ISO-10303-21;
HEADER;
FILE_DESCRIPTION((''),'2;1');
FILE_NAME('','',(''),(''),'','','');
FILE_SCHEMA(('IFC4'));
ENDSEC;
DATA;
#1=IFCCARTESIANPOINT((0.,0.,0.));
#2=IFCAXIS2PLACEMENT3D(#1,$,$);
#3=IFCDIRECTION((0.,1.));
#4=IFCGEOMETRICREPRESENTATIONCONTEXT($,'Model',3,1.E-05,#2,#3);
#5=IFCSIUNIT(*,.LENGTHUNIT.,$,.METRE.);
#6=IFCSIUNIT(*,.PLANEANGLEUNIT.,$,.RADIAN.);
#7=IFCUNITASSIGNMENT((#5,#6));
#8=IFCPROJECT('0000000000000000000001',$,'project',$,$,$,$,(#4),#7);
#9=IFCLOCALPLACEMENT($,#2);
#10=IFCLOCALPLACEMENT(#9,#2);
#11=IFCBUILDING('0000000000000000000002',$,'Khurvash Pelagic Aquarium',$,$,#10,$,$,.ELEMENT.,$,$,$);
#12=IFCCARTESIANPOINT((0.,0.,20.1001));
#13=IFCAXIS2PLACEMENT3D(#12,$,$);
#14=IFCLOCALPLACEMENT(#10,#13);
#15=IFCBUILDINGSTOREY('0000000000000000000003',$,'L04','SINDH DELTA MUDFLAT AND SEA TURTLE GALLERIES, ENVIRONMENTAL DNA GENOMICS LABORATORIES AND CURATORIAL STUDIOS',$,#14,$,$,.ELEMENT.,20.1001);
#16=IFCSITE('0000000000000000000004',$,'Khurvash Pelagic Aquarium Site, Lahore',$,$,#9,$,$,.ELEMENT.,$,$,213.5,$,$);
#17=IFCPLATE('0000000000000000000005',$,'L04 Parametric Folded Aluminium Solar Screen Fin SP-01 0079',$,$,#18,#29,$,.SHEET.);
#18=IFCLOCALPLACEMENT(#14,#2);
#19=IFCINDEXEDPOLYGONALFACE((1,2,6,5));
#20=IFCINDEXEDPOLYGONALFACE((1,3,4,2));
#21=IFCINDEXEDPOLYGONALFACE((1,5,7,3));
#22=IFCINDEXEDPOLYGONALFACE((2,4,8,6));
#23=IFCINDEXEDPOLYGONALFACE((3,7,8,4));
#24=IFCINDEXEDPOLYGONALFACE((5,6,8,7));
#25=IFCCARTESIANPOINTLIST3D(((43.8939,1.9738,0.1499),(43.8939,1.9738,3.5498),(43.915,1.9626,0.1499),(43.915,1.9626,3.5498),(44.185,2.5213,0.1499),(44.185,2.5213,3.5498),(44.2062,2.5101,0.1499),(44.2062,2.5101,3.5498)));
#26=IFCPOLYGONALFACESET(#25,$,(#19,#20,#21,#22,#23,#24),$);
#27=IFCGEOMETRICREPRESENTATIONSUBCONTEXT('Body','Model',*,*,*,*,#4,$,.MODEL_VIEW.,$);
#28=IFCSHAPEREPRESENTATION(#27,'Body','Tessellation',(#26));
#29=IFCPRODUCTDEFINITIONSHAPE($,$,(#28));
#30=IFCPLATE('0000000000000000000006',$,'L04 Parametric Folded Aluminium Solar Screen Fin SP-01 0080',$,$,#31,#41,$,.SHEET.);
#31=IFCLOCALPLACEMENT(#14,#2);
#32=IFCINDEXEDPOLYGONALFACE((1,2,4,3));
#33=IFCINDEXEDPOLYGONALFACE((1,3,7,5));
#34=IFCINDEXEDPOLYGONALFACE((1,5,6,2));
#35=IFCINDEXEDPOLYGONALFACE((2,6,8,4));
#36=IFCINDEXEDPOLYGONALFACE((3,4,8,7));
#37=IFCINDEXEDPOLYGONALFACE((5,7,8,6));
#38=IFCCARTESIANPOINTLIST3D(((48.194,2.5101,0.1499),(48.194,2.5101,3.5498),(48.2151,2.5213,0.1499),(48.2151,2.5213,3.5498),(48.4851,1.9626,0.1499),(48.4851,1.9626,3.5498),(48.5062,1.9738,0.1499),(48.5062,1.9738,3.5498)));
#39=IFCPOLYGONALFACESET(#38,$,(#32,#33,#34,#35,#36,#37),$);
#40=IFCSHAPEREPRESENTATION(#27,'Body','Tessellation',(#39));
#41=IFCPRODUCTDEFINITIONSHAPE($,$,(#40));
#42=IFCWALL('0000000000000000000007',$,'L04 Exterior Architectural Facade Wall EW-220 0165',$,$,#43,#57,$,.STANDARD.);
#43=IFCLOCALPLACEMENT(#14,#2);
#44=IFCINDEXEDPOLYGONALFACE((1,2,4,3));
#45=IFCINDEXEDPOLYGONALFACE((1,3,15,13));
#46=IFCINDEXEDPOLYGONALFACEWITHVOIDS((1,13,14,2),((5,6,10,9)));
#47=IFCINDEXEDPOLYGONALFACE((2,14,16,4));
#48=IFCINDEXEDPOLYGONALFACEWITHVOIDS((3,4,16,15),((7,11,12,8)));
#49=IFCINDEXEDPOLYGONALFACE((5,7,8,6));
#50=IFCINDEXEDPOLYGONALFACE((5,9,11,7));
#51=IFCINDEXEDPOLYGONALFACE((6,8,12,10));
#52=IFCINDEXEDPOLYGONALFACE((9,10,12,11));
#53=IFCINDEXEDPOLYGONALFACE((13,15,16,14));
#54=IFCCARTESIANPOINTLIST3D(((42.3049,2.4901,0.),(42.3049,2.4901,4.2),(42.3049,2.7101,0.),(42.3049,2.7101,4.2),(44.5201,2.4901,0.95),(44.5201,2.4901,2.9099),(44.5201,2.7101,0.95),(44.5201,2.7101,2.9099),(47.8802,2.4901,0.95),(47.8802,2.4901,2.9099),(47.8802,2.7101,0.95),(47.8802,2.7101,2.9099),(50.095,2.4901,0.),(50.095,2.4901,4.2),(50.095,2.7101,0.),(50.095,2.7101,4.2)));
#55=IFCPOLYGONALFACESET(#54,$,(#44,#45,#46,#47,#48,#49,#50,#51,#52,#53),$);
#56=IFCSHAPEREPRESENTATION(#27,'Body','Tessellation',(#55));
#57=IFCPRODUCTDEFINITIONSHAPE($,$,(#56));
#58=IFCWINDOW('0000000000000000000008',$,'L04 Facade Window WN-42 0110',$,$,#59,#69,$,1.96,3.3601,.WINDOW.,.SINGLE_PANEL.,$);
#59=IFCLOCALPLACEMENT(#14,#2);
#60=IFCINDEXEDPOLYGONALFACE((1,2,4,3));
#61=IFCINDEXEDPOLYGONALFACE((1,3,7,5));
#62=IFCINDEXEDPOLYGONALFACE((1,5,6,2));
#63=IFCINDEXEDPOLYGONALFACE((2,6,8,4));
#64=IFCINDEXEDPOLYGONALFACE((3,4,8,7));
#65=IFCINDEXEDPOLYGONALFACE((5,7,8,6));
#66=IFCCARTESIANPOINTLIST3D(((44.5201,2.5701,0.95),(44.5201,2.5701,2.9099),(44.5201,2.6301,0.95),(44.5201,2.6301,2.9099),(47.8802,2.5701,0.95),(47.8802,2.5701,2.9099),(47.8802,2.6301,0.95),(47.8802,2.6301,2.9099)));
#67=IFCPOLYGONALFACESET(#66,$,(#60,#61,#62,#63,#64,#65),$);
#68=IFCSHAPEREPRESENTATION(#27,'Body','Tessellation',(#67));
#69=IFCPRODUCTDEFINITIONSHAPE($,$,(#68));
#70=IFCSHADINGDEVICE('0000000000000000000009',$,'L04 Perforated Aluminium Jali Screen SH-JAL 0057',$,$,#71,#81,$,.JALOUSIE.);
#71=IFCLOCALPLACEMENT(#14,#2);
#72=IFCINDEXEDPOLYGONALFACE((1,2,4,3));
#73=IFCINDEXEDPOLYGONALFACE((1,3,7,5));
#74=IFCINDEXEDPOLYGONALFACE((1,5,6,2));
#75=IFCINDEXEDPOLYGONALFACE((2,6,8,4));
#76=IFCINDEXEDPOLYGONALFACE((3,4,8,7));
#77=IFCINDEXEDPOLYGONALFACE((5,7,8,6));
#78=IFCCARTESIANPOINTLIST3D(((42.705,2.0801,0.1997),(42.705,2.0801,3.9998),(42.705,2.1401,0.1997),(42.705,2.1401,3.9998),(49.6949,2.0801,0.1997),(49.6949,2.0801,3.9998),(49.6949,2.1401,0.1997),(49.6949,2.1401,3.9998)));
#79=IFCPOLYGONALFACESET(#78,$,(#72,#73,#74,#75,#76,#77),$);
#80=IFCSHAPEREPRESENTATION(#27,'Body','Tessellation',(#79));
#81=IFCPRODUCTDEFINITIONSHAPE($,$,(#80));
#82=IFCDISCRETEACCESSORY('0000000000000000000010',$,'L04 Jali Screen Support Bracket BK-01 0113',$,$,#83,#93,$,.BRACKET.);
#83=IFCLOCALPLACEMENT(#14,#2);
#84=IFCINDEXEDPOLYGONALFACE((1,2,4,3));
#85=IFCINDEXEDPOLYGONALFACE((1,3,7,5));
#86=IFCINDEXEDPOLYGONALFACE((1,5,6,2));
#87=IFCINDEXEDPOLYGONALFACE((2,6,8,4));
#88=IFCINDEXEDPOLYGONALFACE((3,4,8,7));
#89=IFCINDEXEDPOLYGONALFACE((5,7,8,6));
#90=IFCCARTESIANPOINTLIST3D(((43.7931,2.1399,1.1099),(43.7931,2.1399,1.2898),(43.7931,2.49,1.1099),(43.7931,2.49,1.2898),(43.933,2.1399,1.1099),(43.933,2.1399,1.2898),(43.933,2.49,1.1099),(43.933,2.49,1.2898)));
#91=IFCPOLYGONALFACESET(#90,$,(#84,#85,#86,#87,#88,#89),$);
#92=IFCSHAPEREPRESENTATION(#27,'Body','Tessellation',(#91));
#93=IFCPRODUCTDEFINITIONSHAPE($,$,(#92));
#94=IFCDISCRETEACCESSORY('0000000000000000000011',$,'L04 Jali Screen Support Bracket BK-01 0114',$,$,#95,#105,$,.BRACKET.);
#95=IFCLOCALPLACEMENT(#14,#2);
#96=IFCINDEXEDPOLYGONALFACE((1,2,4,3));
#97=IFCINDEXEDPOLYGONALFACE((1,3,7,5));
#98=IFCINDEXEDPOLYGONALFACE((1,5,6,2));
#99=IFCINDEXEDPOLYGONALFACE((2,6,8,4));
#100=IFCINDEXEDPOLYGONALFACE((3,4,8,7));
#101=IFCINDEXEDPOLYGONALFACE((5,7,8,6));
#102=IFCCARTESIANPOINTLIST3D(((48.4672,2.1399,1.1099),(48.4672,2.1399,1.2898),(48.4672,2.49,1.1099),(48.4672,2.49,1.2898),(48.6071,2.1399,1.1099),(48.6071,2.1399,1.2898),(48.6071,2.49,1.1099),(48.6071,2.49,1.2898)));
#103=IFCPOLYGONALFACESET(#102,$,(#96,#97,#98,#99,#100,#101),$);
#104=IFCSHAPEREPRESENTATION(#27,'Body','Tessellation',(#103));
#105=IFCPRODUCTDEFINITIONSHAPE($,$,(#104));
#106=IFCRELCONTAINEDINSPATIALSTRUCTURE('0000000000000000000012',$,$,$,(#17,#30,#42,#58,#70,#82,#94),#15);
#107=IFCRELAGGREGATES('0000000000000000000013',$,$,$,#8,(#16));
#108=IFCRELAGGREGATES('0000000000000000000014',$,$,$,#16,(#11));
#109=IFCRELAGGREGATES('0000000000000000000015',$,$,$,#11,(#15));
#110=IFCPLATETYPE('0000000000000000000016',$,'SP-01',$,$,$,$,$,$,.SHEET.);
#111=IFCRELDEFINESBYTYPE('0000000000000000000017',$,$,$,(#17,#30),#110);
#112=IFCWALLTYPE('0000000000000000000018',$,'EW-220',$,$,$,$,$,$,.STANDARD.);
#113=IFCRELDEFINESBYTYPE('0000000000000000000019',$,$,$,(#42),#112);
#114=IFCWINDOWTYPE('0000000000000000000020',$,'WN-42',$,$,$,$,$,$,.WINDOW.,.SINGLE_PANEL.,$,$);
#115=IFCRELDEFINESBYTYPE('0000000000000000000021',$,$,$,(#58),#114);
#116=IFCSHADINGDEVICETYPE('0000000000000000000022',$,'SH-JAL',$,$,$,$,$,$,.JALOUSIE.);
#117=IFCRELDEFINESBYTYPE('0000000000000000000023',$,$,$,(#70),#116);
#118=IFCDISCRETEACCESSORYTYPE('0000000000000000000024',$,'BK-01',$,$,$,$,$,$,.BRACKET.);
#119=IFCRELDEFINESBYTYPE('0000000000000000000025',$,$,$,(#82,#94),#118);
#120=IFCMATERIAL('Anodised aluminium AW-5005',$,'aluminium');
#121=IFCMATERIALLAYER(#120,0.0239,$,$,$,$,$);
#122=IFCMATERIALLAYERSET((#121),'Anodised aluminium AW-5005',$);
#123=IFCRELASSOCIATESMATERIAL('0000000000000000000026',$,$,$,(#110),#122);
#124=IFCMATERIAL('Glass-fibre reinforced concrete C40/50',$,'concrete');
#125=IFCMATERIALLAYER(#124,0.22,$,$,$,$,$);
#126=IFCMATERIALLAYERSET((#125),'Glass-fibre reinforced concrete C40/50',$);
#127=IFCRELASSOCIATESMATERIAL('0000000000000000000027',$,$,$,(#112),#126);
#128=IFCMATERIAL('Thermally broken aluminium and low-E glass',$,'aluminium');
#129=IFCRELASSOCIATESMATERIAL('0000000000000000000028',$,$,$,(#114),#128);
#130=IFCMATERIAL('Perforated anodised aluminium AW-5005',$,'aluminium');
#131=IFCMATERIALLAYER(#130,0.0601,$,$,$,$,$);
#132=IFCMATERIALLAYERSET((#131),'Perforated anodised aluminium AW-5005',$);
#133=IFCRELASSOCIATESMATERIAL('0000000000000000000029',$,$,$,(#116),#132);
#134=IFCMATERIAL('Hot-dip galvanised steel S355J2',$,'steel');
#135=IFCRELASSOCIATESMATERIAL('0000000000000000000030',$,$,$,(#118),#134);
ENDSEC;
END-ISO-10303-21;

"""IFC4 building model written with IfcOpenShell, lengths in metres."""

from ifc_helpers import new_model, si_unit, direction, frame, frame_2d, origin, origin_2d, place, context, subcontext, project, spatial, rectangle, extrude, material, layer, layer_set, type_object, element, fill, save


model = new_model("IFC4")

# Units and contexts
model_context = context("Model", 3, precision=1e-05, world=origin(), true_north=direction((0.0, 1.0)))
body_context = subcontext(model_context, "Body", "Model", "MODEL_VIEW")
ifc_project = project(units=[si_unit("LENGTHUNIT", "METRE"), si_unit("PLANEANGLEUNIT", "RADIAN")], contexts=[model_context])

# Site, building, storey
site_placement = place(None, origin())
site = spatial("IfcSite", under=ifc_project, at=site_placement, Name="Khurvash Pelagic Aquarium Site, Lahore", CompositionType="ELEMENT", RefElevation=213.5)
building_placement = place(site_placement, origin())
building = spatial("IfcBuilding", under=site, at=building_placement, Name="Khurvash Pelagic Aquarium", CompositionType="ELEMENT")
storey_placement = place(building_placement, frame((0.0, 0.0, 20.1001)))
storey = spatial("IfcBuildingStorey", under=building, at=storey_placement, Name="L04", Description="SINDH DELTA MUDFLAT AND SEA TURTLE GALLERIES, ENVIRONMENTAL DNA GENOMICS LABORATORIES AND CURATORIAL STUDIOS", CompositionType="ELEMENT", Elevation=20.1001)

# Plates
ifc_material_1 = material(Name="Anodised aluminium AW-5005", Category="aluminium")
ifc_layer_1 = layer(ifc_material_1, 0.0239)
ifc_layer_set_1 = layer_set([ifc_layer_1], Name="Anodised aluminium AW-5005")
plate_type = type_object("IfcPlateType", Name="SP-01", PredefinedType="SHEET", material=ifc_layer_set_1)
for number, where, z_axis, x_axis, name in (
    (1, (44.05, 2.2419, 0.1499), (0.0, 0.0, 1.0), (-0.469472, -0.882948, 0.0), "L04 Parametric Folded Aluminium Solar Screen Fin SP-01 0079"),
    (2, (48.3501, 2.2419, 0.1499), (0.0, 0.0, 1.0), (0.469472, -0.882948, 0.0), "L04 Parametric Folded Aluminium Solar Screen Fin SP-01 0080"),
):
    element("IfcPlate", number, at=place(storey_placement, frame(where, z_axis=z_axis, x_axis=x_axis)), inside=storey, type_object=plate_type, Name=name, PredefinedType="SHEET", context=body_context, shape_type="SweptSolid", body=[
        extrude(rectangle(XDim=0.6201, YDim=0.0239, at=origin_2d()), origin(), (0.0, 0.0, 1.0), 3.3999),
    ])

# Wall, opening, window
ifc_material_2 = material(Name="Glass-fibre reinforced concrete C40/50", Category="concrete")
ifc_layer_2 = layer(ifc_material_2, 0.22)
ifc_layer_set_2 = layer_set([ifc_layer_2], Name="Glass-fibre reinforced concrete C40/50")
wall_type = type_object("IfcWallType", Name="EW-220", PredefinedType="STANDARD", material=ifc_layer_set_2)
wall_placement = place(storey_placement, frame((42.3049, 2.6001, 0.0), z_axis=(0.0, 0.0, 1.0), x_axis=(1.0, 0.0, 0.0)))
wall = element("IfcWall", 3, at=wall_placement, inside=storey, type_object=wall_type, Name="L04 Exterior Architectural Facade Wall EW-220 0165", PredefinedType="STANDARD", context=body_context, shape_type="SweptSolid", body=[
    extrude(rectangle(XDim=7.79, YDim=0.22, at=frame_2d((3.895, 0.0))), origin(), (0.0, 0.0, 1.0), 4.2),
])
opening_placement = place(wall_placement, frame((2.2151, 0.0, 0.95)))
opening = element("IfcOpeningElement", 4, at=opening_placement, cuts=wall, PredefinedType="OPENING", context=body_context, shape_type="SweptSolid", body=[
    extrude(rectangle(XDim=3.3601, YDim=1.96, at=frame_2d((1.6802, 0.98))), frame((0.0, 0.1201, 0.0), z_axis=(0.0, -1.0, 0.0), x_axis=(1.0, 0.0, 0.0)), (0.0, 0.0, 1.0), 0.24),
])
ifc_material_3 = material(Name="Thermally broken aluminium and low-E glass", Category="aluminium")
window_type = type_object("IfcWindowType", Name="WN-42", PartitioningType="SINGLE_PANEL", PredefinedType="WINDOW", material=ifc_material_3)
window_placement = place(opening_placement, origin())
window = element("IfcWindow", 5, at=window_placement, inside=storey, type_object=window_type, Name="L04 Facade Window WN-42 0110", OverallHeight=1.96, OverallWidth=3.3601, PartitioningType="SINGLE_PANEL", PredefinedType="WINDOW", context=body_context, shape_type="SweptSolid", body=[
    extrude(rectangle(XDim=3.3601, YDim=1.96, at=frame_2d((1.6802, 0.98))), frame((0.0, 0.03, 0.0), z_axis=(0.0, -1.0, 0.0), x_axis=(1.0, 0.0, 0.0)), (0.0, 0.0, 1.0), 0.0601),
])
fill(opening, window)

# Shading device
ifc_material_4 = material(Name="Perforated anodised aluminium AW-5005", Category="aluminium")
ifc_layer_3 = layer(ifc_material_4, 0.0601)
ifc_layer_set_3 = layer_set([ifc_layer_3], Name="Perforated anodised aluminium AW-5005")
shading_device_type = type_object("IfcShadingDeviceType", Name="SH-JAL", PredefinedType="JALOUSIE", material=ifc_layer_set_3)
shading_device_placement = place(storey_placement, frame((46.2, 2.1101, 0.1997), z_axis=(0.0, 0.0, 1.0), x_axis=(1.0, 0.0, 0.0)))
element("IfcShadingDevice", 6, at=shading_device_placement, inside=storey, type_object=shading_device_type, Name="L04 Perforated Aluminium Jali Screen SH-JAL 0057", PredefinedType="JALOUSIE", context=body_context, shape_type="SweptSolid", body=[
    extrude(rectangle(XDim=6.99, YDim=0.0601, at=origin_2d()), origin(), (0.0, 0.0, 1.0), 3.8),
])

# Discrete accessories
ifc_material_5 = material(Name="Hot-dip galvanised steel S355J2", Category="steel")
discrete_accessory_type = type_object("IfcDiscreteAccessoryType", Name="BK-01", PredefinedType="BRACKET", material=ifc_material_5)
for number, where, z_axis, x_axis, name in (
    (7, (43.863, 2.3149, 1.1099), (0.0, 0.0, 1.0), (1.0, 0.0, 0.0), "L04 Jali Screen Support Bracket BK-01 0113"),
    (8, (48.5371, 2.3149, 1.1099), (0.0, 0.0, 1.0), (1.0, 0.0, 0.0), "L04 Jali Screen Support Bracket BK-01 0114"),
):
    element("IfcDiscreteAccessory", number, at=place(storey_placement, frame(where, z_axis=z_axis, x_axis=x_axis)), inside=storey, type_object=discrete_accessory_type, Name=name, PredefinedType="BRACKET", context=body_context, shape_type="SweptSolid", body=[
        extrude(rectangle(XDim=0.1399, YDim=0.3501, at=origin_2d()), origin(), (0.0, 0.0, 1.0), 0.1799),
    ])

save(model, "model.ifc")
